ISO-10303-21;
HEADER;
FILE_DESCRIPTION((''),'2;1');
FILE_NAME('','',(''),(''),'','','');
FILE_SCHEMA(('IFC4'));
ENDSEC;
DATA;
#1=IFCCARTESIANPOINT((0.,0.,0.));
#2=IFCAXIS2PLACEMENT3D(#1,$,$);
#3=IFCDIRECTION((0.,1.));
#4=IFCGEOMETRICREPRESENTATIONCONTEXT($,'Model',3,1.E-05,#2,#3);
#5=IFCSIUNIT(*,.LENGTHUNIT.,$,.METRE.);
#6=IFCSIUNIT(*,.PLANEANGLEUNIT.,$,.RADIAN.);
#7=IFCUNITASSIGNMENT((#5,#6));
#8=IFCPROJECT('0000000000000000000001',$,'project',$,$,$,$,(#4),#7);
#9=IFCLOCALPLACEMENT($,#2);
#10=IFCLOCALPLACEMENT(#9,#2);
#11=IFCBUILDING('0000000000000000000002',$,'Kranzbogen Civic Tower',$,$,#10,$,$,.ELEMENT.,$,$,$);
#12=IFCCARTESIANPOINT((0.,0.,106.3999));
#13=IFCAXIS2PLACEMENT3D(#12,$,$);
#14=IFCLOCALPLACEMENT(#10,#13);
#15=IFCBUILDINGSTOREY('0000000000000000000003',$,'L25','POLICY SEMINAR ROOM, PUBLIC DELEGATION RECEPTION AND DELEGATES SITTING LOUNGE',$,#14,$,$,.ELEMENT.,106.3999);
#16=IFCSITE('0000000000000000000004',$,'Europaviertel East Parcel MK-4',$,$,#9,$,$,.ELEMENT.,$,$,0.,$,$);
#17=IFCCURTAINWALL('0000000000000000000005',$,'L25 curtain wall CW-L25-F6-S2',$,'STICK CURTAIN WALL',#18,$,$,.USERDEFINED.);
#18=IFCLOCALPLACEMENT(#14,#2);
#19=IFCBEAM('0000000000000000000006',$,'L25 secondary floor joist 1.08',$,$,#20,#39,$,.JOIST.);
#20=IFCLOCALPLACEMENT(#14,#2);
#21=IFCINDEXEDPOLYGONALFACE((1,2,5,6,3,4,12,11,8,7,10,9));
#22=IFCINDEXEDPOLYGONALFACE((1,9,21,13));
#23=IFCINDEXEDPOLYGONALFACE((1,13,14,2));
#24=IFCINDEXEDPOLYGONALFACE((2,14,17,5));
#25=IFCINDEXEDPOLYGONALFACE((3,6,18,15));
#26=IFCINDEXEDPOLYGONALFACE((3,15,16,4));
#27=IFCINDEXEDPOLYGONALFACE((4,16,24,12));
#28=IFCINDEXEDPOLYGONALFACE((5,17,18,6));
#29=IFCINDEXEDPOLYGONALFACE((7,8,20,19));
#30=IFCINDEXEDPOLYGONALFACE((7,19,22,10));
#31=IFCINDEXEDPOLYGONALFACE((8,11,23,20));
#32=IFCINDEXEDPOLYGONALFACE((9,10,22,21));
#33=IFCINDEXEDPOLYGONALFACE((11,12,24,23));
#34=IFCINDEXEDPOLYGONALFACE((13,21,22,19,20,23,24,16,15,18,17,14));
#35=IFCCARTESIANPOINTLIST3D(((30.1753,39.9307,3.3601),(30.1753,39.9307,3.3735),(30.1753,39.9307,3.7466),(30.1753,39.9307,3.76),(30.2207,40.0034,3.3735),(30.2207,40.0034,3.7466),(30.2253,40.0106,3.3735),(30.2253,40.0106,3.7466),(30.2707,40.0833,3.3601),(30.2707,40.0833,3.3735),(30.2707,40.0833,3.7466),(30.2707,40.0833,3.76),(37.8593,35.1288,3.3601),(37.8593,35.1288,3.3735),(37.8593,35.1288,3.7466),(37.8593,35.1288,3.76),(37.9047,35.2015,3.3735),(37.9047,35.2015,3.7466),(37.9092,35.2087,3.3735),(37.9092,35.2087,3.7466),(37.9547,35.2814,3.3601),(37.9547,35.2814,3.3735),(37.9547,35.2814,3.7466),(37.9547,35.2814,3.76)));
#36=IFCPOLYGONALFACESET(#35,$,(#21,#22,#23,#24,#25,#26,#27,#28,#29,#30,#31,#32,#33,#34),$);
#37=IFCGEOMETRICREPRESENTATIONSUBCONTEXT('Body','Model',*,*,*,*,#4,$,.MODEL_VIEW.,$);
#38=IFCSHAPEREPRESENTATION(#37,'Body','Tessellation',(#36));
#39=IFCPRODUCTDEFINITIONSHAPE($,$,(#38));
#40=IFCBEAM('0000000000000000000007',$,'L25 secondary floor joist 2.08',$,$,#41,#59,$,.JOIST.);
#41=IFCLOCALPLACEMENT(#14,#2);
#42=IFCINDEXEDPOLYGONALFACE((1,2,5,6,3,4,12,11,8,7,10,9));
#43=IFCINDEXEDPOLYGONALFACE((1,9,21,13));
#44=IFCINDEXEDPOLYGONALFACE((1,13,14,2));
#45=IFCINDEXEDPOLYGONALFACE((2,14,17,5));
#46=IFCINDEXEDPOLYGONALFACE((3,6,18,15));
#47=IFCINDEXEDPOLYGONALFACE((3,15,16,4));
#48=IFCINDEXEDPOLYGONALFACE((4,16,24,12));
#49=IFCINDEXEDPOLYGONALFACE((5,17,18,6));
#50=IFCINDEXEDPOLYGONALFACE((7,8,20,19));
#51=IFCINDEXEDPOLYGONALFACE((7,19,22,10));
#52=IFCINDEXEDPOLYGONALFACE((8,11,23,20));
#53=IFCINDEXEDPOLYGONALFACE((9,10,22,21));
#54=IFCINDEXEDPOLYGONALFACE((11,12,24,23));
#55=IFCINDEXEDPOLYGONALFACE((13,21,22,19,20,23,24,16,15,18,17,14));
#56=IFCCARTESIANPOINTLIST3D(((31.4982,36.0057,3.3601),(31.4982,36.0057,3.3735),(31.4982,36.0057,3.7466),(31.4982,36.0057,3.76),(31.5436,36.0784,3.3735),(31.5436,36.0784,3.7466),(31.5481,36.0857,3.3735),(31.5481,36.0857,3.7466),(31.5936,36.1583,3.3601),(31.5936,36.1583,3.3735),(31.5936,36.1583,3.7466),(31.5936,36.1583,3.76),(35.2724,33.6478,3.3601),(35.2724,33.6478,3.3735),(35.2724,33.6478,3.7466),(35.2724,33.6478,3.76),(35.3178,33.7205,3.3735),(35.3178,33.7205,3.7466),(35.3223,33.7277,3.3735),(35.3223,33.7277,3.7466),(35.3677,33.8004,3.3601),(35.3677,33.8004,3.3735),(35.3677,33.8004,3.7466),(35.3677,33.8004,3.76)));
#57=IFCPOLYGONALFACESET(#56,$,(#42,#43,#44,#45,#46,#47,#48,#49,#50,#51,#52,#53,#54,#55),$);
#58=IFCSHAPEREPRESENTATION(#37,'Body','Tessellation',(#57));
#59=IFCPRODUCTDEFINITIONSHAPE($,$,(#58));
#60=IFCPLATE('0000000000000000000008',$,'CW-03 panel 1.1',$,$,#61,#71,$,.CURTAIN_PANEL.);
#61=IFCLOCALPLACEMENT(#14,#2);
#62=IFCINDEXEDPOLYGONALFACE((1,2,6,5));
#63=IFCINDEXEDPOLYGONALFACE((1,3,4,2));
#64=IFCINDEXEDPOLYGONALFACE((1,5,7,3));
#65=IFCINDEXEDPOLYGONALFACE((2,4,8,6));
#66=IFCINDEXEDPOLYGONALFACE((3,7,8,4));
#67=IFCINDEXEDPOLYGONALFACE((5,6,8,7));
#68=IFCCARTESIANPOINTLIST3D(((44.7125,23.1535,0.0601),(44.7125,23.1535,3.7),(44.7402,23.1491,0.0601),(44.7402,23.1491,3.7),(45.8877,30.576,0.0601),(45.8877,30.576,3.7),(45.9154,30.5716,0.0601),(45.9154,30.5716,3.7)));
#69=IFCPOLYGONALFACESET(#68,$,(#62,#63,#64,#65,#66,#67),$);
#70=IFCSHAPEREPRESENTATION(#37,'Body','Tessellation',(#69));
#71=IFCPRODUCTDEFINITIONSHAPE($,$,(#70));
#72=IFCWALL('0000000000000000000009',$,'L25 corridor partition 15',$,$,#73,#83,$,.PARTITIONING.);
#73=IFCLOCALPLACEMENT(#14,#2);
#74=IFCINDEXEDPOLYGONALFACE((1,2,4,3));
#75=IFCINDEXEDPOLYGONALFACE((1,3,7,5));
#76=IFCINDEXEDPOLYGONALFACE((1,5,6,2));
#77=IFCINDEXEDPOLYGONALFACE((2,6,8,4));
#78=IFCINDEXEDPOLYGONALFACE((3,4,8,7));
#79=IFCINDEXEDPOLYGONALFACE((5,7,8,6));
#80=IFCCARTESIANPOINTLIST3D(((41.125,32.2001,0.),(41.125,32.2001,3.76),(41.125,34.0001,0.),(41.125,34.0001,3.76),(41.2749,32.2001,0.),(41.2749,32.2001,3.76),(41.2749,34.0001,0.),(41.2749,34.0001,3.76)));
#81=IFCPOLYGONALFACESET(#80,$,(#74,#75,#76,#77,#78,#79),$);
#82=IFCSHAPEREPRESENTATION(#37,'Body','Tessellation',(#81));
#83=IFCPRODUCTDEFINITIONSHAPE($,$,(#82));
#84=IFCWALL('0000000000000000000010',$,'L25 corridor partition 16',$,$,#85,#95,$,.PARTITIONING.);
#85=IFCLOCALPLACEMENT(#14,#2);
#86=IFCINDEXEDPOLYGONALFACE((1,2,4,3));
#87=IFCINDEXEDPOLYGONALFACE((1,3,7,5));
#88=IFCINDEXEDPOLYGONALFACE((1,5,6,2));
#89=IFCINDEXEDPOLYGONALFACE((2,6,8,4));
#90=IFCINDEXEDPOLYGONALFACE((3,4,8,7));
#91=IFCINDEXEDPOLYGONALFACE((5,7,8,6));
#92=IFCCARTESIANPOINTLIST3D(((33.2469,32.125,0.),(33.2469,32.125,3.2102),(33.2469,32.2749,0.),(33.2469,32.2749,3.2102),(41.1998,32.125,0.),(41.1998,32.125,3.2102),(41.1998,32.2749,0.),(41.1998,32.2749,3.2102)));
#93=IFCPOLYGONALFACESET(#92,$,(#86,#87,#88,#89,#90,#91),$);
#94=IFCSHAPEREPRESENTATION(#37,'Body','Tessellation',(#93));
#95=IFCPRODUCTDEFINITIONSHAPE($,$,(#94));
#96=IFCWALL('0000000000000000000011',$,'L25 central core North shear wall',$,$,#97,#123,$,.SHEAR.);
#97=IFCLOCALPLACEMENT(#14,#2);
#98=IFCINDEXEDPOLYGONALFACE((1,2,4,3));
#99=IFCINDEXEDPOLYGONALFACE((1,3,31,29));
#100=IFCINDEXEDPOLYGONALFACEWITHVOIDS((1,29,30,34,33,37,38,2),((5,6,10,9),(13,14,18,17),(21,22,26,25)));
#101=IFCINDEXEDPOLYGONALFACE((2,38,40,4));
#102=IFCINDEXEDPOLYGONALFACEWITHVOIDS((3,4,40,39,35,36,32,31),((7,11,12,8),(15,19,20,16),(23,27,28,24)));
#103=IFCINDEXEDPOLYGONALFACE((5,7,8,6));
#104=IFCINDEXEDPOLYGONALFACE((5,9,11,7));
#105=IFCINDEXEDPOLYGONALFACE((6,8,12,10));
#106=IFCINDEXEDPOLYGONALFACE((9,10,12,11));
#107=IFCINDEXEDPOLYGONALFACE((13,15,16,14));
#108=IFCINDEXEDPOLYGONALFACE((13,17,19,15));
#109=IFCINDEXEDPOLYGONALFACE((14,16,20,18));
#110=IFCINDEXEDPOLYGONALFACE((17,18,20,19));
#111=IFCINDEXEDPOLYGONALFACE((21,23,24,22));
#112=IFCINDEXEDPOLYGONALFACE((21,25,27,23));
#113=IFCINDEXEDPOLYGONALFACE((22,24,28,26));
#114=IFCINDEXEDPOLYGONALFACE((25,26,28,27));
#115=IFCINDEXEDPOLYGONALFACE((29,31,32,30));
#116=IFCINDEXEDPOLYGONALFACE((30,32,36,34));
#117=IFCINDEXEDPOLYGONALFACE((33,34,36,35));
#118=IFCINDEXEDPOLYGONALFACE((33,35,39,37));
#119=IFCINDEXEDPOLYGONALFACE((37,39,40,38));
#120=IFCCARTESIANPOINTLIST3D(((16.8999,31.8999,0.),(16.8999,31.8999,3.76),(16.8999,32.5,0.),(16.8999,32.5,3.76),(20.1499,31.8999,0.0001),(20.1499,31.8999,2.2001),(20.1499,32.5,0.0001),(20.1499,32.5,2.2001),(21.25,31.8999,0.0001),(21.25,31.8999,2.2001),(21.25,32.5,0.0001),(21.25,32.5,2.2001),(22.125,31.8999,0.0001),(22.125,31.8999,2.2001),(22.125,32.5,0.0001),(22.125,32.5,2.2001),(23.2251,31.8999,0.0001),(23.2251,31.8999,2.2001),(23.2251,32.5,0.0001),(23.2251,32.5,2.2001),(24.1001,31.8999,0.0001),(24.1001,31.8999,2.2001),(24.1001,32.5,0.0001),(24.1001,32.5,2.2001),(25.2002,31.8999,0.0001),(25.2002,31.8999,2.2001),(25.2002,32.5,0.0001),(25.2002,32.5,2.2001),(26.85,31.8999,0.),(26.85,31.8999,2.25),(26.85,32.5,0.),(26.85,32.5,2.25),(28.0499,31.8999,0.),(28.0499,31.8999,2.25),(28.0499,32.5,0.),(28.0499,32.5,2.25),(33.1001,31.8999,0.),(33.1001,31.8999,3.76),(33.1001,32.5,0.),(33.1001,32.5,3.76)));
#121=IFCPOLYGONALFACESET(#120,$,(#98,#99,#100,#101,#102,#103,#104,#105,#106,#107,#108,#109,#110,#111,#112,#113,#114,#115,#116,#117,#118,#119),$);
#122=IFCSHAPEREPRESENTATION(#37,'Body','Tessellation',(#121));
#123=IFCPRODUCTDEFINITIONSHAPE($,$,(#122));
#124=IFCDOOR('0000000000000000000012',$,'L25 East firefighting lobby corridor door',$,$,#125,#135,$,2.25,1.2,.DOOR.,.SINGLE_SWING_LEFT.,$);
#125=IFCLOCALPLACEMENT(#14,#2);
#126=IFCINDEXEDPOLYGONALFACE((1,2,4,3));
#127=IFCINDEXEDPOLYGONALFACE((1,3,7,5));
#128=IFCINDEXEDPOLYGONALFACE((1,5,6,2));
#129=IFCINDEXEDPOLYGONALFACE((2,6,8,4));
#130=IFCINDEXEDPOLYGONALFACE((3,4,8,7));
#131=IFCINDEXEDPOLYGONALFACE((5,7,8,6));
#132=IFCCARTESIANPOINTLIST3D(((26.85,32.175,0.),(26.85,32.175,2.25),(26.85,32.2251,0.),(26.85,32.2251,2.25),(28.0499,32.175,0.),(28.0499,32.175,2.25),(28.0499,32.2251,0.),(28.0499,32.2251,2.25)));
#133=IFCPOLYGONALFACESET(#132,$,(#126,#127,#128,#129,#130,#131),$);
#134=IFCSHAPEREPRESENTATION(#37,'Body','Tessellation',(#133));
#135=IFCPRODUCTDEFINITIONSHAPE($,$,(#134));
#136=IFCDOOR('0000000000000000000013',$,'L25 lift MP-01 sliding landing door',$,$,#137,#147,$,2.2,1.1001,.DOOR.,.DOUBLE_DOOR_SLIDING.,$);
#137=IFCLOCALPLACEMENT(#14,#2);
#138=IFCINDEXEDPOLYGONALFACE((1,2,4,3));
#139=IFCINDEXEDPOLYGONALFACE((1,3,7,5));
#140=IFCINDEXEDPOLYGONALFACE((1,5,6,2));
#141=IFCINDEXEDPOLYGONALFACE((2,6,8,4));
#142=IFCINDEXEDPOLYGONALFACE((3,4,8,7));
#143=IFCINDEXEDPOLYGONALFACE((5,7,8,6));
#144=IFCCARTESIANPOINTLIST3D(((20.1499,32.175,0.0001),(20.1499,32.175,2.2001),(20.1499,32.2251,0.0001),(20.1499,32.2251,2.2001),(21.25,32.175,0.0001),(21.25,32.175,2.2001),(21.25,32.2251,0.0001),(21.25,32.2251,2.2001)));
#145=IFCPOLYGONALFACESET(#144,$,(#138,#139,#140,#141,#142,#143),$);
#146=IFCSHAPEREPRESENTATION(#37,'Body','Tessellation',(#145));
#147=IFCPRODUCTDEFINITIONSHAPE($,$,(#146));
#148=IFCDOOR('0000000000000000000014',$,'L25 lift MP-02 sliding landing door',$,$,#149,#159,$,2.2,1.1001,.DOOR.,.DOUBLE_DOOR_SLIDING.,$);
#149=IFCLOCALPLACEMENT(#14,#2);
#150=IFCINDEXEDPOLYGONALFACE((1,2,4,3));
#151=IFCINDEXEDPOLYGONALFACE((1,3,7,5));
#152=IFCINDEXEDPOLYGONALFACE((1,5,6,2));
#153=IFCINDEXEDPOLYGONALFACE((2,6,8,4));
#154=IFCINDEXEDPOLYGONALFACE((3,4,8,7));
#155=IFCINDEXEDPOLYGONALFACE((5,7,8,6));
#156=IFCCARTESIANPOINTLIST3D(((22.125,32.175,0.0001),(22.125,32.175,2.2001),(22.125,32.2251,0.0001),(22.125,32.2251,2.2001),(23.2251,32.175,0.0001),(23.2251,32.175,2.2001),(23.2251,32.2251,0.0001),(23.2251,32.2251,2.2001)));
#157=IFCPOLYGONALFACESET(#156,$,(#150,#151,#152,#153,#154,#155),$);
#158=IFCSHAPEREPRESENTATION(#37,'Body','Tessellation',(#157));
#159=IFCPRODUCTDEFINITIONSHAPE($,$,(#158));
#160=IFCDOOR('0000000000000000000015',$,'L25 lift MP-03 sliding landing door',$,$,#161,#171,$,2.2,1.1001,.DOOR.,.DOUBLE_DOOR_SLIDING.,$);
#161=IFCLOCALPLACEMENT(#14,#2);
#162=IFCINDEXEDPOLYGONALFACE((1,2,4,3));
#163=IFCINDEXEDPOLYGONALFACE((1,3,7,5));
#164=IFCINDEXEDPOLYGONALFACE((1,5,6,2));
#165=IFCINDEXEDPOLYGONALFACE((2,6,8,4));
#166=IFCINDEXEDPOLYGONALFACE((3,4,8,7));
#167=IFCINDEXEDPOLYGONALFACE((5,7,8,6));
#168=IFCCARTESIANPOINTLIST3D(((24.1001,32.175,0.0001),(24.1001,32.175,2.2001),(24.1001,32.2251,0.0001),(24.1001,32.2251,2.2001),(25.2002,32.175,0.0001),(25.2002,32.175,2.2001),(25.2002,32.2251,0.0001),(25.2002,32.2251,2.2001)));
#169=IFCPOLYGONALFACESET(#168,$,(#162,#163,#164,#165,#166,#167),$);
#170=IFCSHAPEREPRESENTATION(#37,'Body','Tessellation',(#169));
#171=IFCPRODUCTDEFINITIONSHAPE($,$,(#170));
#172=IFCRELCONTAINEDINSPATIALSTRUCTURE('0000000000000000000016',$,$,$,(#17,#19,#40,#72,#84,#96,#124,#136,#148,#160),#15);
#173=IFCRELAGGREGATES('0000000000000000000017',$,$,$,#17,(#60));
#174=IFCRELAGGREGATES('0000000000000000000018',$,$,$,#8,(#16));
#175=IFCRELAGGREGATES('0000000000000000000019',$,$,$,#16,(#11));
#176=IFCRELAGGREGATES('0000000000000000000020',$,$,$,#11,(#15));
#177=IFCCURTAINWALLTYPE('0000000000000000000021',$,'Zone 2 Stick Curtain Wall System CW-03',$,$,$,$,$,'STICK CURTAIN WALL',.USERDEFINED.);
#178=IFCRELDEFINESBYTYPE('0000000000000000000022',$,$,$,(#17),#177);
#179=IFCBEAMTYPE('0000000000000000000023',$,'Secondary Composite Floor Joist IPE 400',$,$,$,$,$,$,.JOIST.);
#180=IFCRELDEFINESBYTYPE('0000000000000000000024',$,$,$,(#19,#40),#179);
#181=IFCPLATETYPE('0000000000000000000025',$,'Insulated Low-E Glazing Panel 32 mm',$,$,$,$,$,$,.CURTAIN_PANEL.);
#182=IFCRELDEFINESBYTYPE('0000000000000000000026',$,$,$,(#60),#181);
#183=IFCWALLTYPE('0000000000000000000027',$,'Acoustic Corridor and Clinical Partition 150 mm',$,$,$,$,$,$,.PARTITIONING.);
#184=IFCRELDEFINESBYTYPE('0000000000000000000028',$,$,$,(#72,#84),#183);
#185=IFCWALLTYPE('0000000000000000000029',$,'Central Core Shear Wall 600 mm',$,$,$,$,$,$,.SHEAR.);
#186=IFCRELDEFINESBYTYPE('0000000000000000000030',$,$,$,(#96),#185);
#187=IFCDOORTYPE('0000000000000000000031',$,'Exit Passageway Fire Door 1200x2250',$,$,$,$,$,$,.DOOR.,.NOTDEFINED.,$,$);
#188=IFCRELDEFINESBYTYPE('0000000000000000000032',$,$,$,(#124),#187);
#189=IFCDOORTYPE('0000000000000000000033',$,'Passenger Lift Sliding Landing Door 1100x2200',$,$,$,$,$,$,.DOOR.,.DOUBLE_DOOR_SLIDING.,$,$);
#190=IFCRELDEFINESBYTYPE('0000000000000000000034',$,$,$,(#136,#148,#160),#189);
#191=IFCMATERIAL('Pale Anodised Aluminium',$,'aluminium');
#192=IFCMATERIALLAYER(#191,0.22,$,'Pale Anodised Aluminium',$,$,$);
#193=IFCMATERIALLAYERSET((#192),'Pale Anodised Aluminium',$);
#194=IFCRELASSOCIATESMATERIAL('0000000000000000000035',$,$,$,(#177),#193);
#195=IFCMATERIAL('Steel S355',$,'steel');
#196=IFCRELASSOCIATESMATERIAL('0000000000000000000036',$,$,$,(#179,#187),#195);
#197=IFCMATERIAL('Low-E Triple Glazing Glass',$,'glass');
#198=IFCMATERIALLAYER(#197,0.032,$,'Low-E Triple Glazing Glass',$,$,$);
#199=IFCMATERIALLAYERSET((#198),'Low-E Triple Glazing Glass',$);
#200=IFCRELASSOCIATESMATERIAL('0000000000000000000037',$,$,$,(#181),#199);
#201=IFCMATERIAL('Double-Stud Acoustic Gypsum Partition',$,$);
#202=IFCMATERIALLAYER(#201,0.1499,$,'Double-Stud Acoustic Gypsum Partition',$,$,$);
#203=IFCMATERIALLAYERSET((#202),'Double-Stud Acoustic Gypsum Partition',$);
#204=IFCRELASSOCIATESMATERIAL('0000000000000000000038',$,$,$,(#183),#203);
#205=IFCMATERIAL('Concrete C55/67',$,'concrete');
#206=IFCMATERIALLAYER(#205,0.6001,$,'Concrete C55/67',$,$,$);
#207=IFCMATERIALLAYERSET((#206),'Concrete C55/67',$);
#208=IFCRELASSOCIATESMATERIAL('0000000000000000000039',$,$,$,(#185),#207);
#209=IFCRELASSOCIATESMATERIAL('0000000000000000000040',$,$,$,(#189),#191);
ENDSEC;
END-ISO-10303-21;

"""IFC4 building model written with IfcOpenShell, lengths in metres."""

from ifc_helpers import new_model, si_unit, direction, frame, frame_2d, origin, origin_2d, place, context, subcontext, project, spatial, rectangle, i_section, extrude, material, layer, layer_set, material_profile, profile_set, type_object, element, fill, aggregate, save


model = new_model("IFC4")

# Units and contexts
model_context = context("Model", 3, precision=1e-05, world=origin(), true_north=direction((0.0, 1.0)))
body_context = subcontext(model_context, "Body", "Model", "MODEL_VIEW")
ifc_project = project(units=[si_unit("LENGTHUNIT", "METRE"), si_unit("PLANEANGLEUNIT", "RADIAN")], contexts=[model_context])

# Site, building, storey
site_placement = place(None, origin())
site = spatial("IfcSite", under=ifc_project, at=site_placement, Name="Europaviertel East Parcel MK-4", CompositionType="ELEMENT", RefElevation=0.0)
building_placement = place(site_placement, origin())
building = spatial("IfcBuilding", under=site, at=building_placement, Name="Kranzbogen Civic Tower", CompositionType="ELEMENT")
storey_placement = place(building_placement, frame((0.0, 0.0, 106.3999)))
storey = spatial("IfcBuildingStorey", under=building, at=storey_placement, Name="L25", Description="POLICY SEMINAR ROOM, PUBLIC DELEGATION RECEPTION AND DELEGATES SITTING LOUNGE", CompositionType="ELEMENT", Elevation=106.3999)

# Curtain wall
ifc_material_1 = material(Name="Pale Anodised Aluminium", Category="aluminium")
ifc_layer_1 = layer(ifc_material_1, 0.22, Name="Pale Anodised Aluminium")
ifc_layer_set_1 = layer_set([ifc_layer_1], Name="Pale Anodised Aluminium")
curtain_wall_type = type_object("IfcCurtainWallType", Name="Zone 2 Stick Curtain Wall System CW-03", ElementType="STICK CURTAIN WALL", PredefinedType="USERDEFINED", material=ifc_layer_set_1)
curtain_wall_1_placement = place(storey_placement, origin())
curtain_wall_1 = element("IfcCurtainWall", 1, at=curtain_wall_1_placement, inside=storey, type_object=curtain_wall_type, Name="L25 curtain wall CW-L25-F6-S2", ObjectType="STICK CURTAIN WALL", PredefinedType="USERDEFINED")

# Beams
ifc_material_2 = material(Name="Steel S355", Category="steel")
ifc_material_profile_1 = material_profile(ifc_material_2, i_section(OverallWidth=0.1799, OverallDepth=0.3999, WebThickness=0.0085, FlangeThickness=0.0134, at=origin_2d()), Name="IPE 400")
ifc_profile_set_1 = profile_set([ifc_material_profile_1], Name="Steel S355")
beam_type_1 = type_object("IfcBeamType", Name="Secondary Composite Floor Joist IPE 400", PredefinedType="JOIST", material=ifc_profile_set_1)
beam_1_placement = place(storey_placement, frame((37.907, 35.2051, 3.5601), z_axis=(-0.848026, 0.529955, 0.0), x_axis=(-0.529955, -0.848026, 0.0)))
element("IfcBeam", 2, at=beam_1_placement, inside=storey, type_object=beam_type_1, Name="L25 secondary floor joist 1.08", PredefinedType="JOIST", context=body_context, shape_type="SweptSolid", body=[
    extrude(i_section(OverallWidth=0.1799, OverallDepth=0.3999, WebThickness=0.0085, FlangeThickness=0.0134, at=origin_2d()), origin(), (0.0, 0.0, 1.0), 9.061),
])
beam_2_placement = place(storey_placement, frame((35.3201, 33.7241, 3.5601), z_axis=(-0.848094, 0.529846, 0.0), x_axis=(-0.529846, -0.848094, 0.0)))
element("IfcBeam", 3, at=beam_2_placement, inside=storey, type_object=beam_type_1, Name="L25 secondary floor joist 2.08", PredefinedType="JOIST", context=body_context, shape_type="SweptSolid", body=[
    extrude(i_section(OverallWidth=0.1799, OverallDepth=0.3999, WebThickness=0.0085, FlangeThickness=0.0134, at=origin_2d()), origin(), (0.0, 0.0, 1.0), 4.4502),
])

# Plate
ifc_material_3 = material(Name="Low-E Triple Glazing Glass", Category="glass")
ifc_layer_2 = layer(ifc_material_3, 0.032, Name="Low-E Triple Glazing Glass")
ifc_layer_set_2 = layer_set([ifc_layer_2], Name="Low-E Triple Glazing Glass")
plate_type = type_object("IfcPlateType", Name="Insulated Low-E Glazing Panel 32 mm", PredefinedType="CURTAIN_PANEL", material=ifc_layer_set_2)
plate_placement = place(storey_placement, frame((45.314, 26.8625, 0.0601), z_axis=(0.0, 0.0, 1.0), x_axis=(0.156386, 0.987696, 0.0)))
plate = element("IfcPlate", 4, at=plate_placement, type_object=plate_type, Name="CW-03 panel 1.1", PredefinedType="CURTAIN_PANEL", context=body_context, shape_type="SweptSolid", body=[
    extrude(rectangle(XDim=7.5149, YDim=0.0281, at=origin_2d()), origin(), (0.0, 0.0, 1.0), 3.6399),
])
aggregate(curtain_wall_1, [plate])

# Walls
ifc_material_4 = material(Name="Double-Stud Acoustic Gypsum Partition")
ifc_layer_3 = layer(ifc_material_4, 0.1499, Name="Double-Stud Acoustic Gypsum Partition")
ifc_layer_set_3 = layer_set([ifc_layer_3], Name="Double-Stud Acoustic Gypsum Partition")
wall_type_1 = type_object("IfcWallType", Name="Acoustic Corridor and Clinical Partition 150 mm", PredefinedType="PARTITIONING", material=ifc_layer_set_3)
wall_1_placement = place(storey_placement, frame((41.2, 34.0, 0.0), z_axis=(0.0, 0.0, 1.0), x_axis=(0.0, -1.0, 0.0)))
element("IfcWall", 5, at=wall_1_placement, inside=storey, type_object=wall_type_1, Name="L25 corridor partition 15", PredefinedType="PARTITIONING", context=body_context, shape_type="SweptSolid", body=[
    extrude(rectangle(XDim=1.8, YDim=0.1499, at=frame_2d((0.8999, 0.0))), origin(), (0.0, 0.0, 1.0), 3.76),
])
wall_2_placement = place(storey_placement, frame((41.2, 32.2, 0.0), z_axis=(0.0, 0.0, 1.0), x_axis=(-1.0, 0.0, 0.0)))
element("IfcWall", 6, at=wall_2_placement, inside=storey, type_object=wall_type_1, Name="L25 corridor partition 16", PredefinedType="PARTITIONING", context=body_context, shape_type="SweptSolid", body=[
    extrude(rectangle(XDim=7.9529, YDim=0.1499, at=frame_2d((3.9766, 0.0))), origin(), (0.0, 0.0, 1.0), 3.2102),
])

# Wall, openings, doors
ifc_material_5 = material(Name="Concrete C55/67", Category="concrete")
ifc_layer_4 = layer(ifc_material_5, 0.6001, Name="Concrete C55/67")
ifc_layer_set_4 = layer_set([ifc_layer_4], Name="Concrete C55/67")
wall_type_2 = type_object("IfcWallType", Name="Central Core Shear Wall 600 mm", PredefinedType="SHEAR", material=ifc_layer_set_4)
wall_3_placement = place(storey_placement, frame((33.1001, 32.2, 0.0), z_axis=(0.0, 0.0, 1.0), x_axis=(-1.0, 0.0, 0.0)))
wall_3 = element("IfcWall", 7, at=wall_3_placement, inside=storey, type_object=wall_type_2, Name="L25 central core North shear wall", PredefinedType="SHEAR", context=body_context, shape_type="SweptSolid", body=[
    extrude(rectangle(XDim=16.2002, YDim=0.6001, at=frame_2d((8.1001, 0.0))), origin(), (0.0, 0.0, 1.0), 3.76),
])
opening_1_placement = place(wall_3_placement, frame((5.05, 0.0, 0.0)))
opening_1 = element("IfcOpeningElement", 8, at=opening_1_placement, cuts=wall_3, PredefinedType="OPENING", context=body_context, shape_type="SweptSolid", body=[
    extrude(rectangle(XDim=1.2, YDim=2.25, at=frame_2d((0.6001, 1.125))), frame((0.0, 0.3101, 0.0), z_axis=(0.0, -1.0, 0.0), x_axis=(1.0, 0.0, 0.0)), (0.0, 0.0, 1.0), 0.6201),
])
opening_2_placement = place(wall_3_placement, frame((11.8501, 0.0, 0.0)))
opening_2 = element("IfcOpeningElement", 9, at=opening_2_placement, cuts=wall_3, PredefinedType="OPENING", context=body_context, shape_type="SweptSolid", body=[
    extrude(rectangle(XDim=1.1001, YDim=2.2, at=frame_2d((0.55, 1.1001))), frame((0.0, 0.3101, 0.0), z_axis=(0.0, -1.0, 0.0), x_axis=(1.0, 0.0, 0.0)), (0.0, 0.0, 1.0), 0.6201),
])
opening_3_placement = place(wall_3_placement, frame((9.875, 0.0, 0.0)))
opening_3 = element("IfcOpeningElement", 10, at=opening_3_placement, cuts=wall_3, PredefinedType="OPENING", context=body_context, shape_type="SweptSolid", body=[
    extrude(rectangle(XDim=1.1001, YDim=2.2, at=frame_2d((0.55, 1.1001))), frame((0.0, 0.3101, 0.0), z_axis=(0.0, -1.0, 0.0), x_axis=(1.0, 0.0, 0.0)), (0.0, 0.0, 1.0), 0.6201),
])
opening_4_placement = place(wall_3_placement, frame((7.8999, 0.0, 0.0)))
opening_4 = element("IfcOpeningElement", 11, at=opening_4_placement, cuts=wall_3, PredefinedType="OPENING", context=body_context, shape_type="SweptSolid", body=[
    extrude(rectangle(XDim=1.1001, YDim=2.2, at=frame_2d((0.55, 1.1001))), frame((0.0, 0.3101, 0.0), z_axis=(0.0, -1.0, 0.0), x_axis=(1.0, 0.0, 0.0)), (0.0, 0.0, 1.0), 0.6201),
])
door_type_1 = type_object("IfcDoorType", Name="Exit Passageway Fire Door 1200x2250", OperationType="NOTDEFINED", PredefinedType="DOOR", material=ifc_material_2)
door_1_placement = place(opening_1_placement, origin())
door_1 = element("IfcDoor", 12, at=door_1_placement, inside=storey, type_object=door_type_1, Name="L25 East firefighting lobby corridor door", OperationType="SINGLE_SWING_LEFT", OverallHeight=2.25, OverallWidth=1.2, PredefinedType="DOOR", context=body_context, shape_type="SweptSolid", body=[
    extrude(rectangle(XDim=1.2, YDim=2.25, at=frame_2d((0.6001, 1.125))), frame((0.0, 0.0249, 0.0), z_axis=(0.0, -1.0, 0.0), x_axis=(1.0, 0.0, 0.0)), (0.0, 0.0, 1.0), 0.05),
])
fill(opening_1, door_1)
door_type_2 = type_object("IfcDoorType", Name="Passenger Lift Sliding Landing Door 1100x2200", OperationType="DOUBLE_DOOR_SLIDING", PredefinedType="DOOR", material=ifc_material_1)
door_2_placement = place(opening_2_placement, origin())
door_2 = element("IfcDoor", 13, at=door_2_placement, inside=storey, type_object=door_type_2, Name="L25 lift MP-01 sliding landing door", OperationType="DOUBLE_DOOR_SLIDING", OverallHeight=2.2, OverallWidth=1.1001, PredefinedType="DOOR", context=body_context, shape_type="SweptSolid", body=[
    extrude(rectangle(XDim=1.1001, YDim=2.2, at=frame_2d((0.55, 1.1001))), frame((0.0, 0.0249, 0.0), z_axis=(0.0, -1.0, 0.0), x_axis=(1.0, 0.0, 0.0)), (0.0, 0.0, 1.0), 0.05),
])
fill(opening_2, door_2)
door_3_placement = place(opening_3_placement, origin())
door_3 = element("IfcDoor", 14, at=door_3_placement, inside=storey, type_object=door_type_2, Name="L25 lift MP-02 sliding landing door", OperationType="DOUBLE_DOOR_SLIDING", OverallHeight=2.2, OverallWidth=1.1001, PredefinedType="DOOR", context=body_context, shape_type="SweptSolid", body=[
    extrude(rectangle(XDim=1.1001, YDim=2.2, at=frame_2d((0.55, 1.1001))), frame((0.0, 0.0249, 0.0), z_axis=(0.0, -1.0, 0.0), x_axis=(1.0, 0.0, 0.0)), (0.0, 0.0, 1.0), 0.05),
])
fill(opening_3, door_3)
door_4_placement = place(opening_4_placement, origin())
door_4 = element("IfcDoor", 15, at=door_4_placement, inside=storey, type_object=door_type_2, Name="L25 lift MP-03 sliding landing door", OperationType="DOUBLE_DOOR_SLIDING", OverallHeight=2.2, OverallWidth=1.1001, PredefinedType="DOOR", context=body_context, shape_type="SweptSolid", body=[
    extrude(rectangle(XDim=1.1001, YDim=2.2, at=frame_2d((0.55, 1.1001))), frame((0.0, 0.0249, 0.0), z_axis=(0.0, -1.0, 0.0), x_axis=(1.0, 0.0, 0.0)), (0.0, 0.0, 1.0), 0.05),
])
fill(opening_4, door_4)

save(model, "model.ifc")
